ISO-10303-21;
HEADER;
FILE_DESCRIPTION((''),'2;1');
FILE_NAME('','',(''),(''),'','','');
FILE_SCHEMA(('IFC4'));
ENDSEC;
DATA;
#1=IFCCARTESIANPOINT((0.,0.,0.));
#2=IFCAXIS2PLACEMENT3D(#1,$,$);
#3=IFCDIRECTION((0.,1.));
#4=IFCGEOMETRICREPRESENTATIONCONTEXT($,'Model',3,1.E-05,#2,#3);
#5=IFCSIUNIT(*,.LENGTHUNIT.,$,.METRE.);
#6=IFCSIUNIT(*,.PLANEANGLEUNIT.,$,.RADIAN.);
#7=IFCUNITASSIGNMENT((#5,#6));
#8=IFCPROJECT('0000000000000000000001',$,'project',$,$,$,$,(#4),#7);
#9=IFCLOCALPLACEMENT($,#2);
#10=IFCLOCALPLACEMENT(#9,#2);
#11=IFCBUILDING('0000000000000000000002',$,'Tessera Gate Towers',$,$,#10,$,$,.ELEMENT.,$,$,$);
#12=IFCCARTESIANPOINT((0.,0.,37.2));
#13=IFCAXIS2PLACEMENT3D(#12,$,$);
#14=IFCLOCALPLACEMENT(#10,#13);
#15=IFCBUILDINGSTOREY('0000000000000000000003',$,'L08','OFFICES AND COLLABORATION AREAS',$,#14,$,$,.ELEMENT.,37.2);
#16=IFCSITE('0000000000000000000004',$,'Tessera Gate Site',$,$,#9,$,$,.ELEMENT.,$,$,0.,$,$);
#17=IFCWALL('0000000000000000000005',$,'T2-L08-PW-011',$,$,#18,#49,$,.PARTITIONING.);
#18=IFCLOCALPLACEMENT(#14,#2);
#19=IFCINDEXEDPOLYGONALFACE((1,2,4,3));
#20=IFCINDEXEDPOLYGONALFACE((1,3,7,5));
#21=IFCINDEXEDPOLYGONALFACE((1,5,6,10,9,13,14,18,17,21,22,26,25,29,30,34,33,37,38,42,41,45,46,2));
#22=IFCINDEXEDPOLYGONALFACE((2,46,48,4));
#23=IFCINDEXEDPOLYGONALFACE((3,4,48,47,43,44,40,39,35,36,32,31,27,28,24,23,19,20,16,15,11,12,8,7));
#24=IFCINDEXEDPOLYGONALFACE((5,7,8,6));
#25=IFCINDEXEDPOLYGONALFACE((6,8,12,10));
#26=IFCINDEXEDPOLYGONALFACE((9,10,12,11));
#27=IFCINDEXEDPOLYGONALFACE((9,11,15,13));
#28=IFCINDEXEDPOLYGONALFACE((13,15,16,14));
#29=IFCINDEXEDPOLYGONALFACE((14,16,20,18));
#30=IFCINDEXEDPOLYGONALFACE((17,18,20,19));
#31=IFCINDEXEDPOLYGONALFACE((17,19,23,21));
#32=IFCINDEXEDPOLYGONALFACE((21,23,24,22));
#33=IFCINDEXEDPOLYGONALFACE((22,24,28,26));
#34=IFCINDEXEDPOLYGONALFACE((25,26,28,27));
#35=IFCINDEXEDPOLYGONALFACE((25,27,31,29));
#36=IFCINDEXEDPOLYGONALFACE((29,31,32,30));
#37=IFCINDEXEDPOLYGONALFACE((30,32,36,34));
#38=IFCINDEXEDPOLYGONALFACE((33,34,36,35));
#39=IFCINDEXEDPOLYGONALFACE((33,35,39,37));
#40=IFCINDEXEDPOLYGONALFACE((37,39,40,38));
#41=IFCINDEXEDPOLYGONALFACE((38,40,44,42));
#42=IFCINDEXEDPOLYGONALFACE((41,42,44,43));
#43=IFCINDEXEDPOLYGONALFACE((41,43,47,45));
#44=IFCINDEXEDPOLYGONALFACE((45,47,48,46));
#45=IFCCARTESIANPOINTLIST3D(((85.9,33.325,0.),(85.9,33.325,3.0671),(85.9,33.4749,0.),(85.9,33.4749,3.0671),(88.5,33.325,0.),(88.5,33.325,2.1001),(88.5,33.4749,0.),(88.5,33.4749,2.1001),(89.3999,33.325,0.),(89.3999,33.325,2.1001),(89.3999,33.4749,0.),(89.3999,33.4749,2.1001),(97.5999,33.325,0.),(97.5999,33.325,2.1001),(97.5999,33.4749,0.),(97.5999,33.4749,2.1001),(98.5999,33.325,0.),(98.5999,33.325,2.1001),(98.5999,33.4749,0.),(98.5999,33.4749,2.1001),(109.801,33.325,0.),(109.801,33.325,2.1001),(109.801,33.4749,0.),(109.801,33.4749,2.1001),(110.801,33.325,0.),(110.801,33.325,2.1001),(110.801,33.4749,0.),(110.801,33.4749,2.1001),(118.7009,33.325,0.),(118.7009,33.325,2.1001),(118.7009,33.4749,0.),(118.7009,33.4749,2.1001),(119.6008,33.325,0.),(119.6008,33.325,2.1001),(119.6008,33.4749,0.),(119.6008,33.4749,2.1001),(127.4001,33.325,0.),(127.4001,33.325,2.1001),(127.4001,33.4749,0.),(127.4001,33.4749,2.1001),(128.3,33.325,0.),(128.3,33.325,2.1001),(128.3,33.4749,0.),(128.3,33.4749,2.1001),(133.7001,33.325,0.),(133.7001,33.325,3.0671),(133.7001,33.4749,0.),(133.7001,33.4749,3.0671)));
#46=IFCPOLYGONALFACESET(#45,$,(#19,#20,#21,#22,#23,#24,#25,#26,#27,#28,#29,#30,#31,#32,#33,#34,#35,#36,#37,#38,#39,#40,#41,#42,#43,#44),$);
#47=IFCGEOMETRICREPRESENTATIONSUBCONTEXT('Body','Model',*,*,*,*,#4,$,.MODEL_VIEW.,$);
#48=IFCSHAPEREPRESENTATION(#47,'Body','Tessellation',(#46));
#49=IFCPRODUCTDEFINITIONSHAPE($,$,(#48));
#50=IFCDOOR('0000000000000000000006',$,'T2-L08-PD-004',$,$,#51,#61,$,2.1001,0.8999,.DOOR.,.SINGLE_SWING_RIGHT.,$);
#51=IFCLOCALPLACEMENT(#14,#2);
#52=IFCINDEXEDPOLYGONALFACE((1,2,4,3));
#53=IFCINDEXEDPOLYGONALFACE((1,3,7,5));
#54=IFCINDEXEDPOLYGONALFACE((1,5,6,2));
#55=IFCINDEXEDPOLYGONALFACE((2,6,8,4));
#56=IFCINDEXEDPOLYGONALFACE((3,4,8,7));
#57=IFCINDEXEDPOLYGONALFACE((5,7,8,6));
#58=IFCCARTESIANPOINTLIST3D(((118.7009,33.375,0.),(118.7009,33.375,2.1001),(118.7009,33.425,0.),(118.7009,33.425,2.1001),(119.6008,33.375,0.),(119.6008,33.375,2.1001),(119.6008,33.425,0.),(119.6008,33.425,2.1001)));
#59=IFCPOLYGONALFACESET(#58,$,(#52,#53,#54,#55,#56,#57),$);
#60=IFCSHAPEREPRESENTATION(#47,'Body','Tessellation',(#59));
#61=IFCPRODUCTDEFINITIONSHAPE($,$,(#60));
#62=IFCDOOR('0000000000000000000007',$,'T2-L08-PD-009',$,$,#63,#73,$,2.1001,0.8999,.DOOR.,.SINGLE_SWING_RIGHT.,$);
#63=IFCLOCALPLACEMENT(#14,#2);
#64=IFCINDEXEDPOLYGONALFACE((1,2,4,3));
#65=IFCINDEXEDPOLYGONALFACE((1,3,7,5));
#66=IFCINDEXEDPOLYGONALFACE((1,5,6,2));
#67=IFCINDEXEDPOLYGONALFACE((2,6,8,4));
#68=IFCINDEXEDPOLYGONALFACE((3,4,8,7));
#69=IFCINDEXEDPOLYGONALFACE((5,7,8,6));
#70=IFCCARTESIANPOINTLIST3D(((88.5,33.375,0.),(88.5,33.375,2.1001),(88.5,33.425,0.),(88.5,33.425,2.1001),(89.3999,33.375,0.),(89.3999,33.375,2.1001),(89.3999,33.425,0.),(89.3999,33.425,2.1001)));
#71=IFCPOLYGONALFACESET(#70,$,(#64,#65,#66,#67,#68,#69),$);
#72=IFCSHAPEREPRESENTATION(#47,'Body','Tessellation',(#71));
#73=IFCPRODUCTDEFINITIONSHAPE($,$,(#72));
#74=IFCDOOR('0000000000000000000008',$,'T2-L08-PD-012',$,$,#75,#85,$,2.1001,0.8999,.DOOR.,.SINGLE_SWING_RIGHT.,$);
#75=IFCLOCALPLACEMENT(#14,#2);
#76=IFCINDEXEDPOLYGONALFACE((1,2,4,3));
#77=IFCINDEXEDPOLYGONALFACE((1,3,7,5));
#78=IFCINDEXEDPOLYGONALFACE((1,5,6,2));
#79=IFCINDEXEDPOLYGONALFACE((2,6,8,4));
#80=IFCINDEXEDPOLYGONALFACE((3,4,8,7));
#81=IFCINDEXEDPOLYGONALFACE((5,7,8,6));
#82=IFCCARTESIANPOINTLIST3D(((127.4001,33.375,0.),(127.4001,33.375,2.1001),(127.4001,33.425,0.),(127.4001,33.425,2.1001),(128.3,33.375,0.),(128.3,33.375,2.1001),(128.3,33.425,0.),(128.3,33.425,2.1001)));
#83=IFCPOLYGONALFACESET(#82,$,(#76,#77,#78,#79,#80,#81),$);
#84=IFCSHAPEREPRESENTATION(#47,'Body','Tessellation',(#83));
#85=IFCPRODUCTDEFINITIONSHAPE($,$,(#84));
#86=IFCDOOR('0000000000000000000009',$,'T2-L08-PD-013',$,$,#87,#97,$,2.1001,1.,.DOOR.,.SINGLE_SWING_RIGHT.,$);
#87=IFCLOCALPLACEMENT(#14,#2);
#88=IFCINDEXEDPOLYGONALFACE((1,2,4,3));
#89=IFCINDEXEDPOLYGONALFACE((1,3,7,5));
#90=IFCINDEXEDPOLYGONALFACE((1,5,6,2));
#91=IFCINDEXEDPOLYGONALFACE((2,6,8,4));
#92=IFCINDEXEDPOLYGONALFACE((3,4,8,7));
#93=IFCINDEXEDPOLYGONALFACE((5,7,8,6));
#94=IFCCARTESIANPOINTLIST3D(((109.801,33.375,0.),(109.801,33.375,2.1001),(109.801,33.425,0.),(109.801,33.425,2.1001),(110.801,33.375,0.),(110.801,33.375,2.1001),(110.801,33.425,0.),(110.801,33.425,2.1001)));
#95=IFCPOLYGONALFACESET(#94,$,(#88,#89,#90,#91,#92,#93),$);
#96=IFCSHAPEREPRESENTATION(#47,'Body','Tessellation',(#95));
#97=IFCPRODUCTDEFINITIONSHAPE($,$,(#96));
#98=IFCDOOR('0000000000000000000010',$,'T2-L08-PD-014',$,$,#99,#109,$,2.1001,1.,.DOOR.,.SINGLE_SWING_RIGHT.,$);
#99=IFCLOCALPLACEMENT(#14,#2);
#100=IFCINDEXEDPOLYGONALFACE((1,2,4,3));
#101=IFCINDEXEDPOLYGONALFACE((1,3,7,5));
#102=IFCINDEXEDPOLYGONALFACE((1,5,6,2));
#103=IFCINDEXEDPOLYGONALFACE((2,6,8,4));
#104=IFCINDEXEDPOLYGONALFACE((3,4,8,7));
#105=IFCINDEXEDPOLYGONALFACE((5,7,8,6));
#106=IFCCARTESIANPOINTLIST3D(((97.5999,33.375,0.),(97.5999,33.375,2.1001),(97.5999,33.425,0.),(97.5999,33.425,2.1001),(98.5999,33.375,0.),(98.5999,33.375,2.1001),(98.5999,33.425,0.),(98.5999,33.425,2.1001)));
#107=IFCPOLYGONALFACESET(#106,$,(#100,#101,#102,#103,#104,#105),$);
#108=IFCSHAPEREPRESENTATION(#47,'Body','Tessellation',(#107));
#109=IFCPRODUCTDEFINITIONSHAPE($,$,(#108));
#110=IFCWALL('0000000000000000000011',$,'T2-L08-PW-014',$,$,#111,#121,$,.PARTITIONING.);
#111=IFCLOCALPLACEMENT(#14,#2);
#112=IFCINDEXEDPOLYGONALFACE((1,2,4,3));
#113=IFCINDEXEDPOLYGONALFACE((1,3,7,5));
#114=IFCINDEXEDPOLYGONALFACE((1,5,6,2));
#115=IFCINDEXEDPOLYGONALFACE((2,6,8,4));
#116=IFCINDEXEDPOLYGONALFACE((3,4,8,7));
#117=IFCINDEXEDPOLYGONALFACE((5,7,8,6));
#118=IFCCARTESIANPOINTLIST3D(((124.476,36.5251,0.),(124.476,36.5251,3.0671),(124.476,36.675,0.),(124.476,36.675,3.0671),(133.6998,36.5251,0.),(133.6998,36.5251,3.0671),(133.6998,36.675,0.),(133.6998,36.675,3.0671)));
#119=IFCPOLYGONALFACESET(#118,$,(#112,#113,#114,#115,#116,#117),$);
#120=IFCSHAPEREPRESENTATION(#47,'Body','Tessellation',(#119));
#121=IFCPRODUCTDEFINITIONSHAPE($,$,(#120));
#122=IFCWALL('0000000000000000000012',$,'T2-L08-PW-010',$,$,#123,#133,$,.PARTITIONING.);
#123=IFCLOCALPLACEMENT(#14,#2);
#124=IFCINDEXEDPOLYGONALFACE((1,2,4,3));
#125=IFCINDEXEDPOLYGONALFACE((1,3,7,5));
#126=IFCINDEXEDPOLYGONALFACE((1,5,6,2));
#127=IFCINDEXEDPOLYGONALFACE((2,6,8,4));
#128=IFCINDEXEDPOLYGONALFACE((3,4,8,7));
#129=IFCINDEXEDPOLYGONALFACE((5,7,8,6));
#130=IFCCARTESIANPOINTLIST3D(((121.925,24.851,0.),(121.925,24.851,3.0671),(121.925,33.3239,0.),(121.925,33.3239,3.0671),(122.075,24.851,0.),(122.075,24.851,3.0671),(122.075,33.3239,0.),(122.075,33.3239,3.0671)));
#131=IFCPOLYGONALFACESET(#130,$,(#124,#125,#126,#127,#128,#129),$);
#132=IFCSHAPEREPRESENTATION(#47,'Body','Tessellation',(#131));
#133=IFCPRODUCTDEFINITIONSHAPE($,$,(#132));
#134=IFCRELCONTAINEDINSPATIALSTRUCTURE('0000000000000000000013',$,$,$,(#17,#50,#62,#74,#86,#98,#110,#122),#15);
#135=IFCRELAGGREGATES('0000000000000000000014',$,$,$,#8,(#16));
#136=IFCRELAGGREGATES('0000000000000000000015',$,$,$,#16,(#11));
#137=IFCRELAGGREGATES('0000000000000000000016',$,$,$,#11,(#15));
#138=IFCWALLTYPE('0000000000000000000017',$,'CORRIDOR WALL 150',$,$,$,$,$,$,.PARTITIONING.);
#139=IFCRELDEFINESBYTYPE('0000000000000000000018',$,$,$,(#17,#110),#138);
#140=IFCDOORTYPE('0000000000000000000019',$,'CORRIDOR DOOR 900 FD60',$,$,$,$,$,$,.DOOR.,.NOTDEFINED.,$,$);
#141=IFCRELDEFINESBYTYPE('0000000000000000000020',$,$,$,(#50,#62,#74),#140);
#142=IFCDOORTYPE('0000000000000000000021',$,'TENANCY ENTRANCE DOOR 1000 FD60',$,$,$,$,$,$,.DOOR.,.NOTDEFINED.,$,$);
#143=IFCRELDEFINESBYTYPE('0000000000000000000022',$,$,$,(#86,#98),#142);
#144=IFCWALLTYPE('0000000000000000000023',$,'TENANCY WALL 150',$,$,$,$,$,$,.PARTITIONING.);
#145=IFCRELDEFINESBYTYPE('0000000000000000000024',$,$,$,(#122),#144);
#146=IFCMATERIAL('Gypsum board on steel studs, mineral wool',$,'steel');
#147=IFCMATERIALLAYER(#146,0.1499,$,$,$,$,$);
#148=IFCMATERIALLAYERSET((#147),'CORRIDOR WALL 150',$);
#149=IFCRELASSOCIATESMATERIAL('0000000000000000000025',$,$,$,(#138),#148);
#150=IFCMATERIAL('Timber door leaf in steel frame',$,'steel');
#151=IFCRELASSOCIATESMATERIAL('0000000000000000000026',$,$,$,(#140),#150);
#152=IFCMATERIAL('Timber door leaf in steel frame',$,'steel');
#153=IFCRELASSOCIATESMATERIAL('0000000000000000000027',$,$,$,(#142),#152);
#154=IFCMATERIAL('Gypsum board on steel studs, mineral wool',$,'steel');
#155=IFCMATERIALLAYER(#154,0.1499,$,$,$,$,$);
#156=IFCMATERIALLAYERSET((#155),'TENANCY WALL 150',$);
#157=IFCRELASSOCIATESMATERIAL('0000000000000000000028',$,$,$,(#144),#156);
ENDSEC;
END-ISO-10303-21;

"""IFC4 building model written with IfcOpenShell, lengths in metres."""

from ifc_helpers import new_model, si_unit, direction, frame, frame_2d, origin, place, context, subcontext, project, spatial, rectangle, extrude, source, transform, mapped, material, layer, layer_set, type_object, element, fill, save


model = new_model("IFC4")

# Units and contexts
model_context = context("Model", 3, precision=1e-05, world=origin(), true_north=direction((0.0, 1.0)))
body_context = subcontext(model_context, "Body", "Model", "MODEL_VIEW")
ifc_project = project(units=[si_unit("LENGTHUNIT", "METRE"), si_unit("PLANEANGLEUNIT", "RADIAN")], contexts=[model_context])

# Site, building, storey
site_placement = place(None, origin())
site = spatial("IfcSite", under=ifc_project, at=site_placement, Name="Tessera Gate Site", CompositionType="ELEMENT", RefElevation=0.0)
building_placement = place(site_placement, origin())
building = spatial("IfcBuilding", under=site, at=building_placement, Name="Tessera Gate Towers", CompositionType="ELEMENT")
storey_placement = place(building_placement, frame((0.0, 0.0, 37.2)))
storey = spatial("IfcBuildingStorey", under=building, at=storey_placement, Name="L08", Description="OFFICES AND COLLABORATION AREAS", CompositionType="ELEMENT", Elevation=37.2)

# Wall, openings, doors
ifc_material_1 = material(Name="Gypsum board on steel studs, mineral wool", Category="steel")
ifc_layer_1 = layer(ifc_material_1, 0.1499)
ifc_layer_set_1 = layer_set([ifc_layer_1], Name="CORRIDOR WALL 150")
wall_type_1 = type_object("IfcWallType", Name="CORRIDOR WALL 150", PredefinedType="PARTITIONING", material=ifc_layer_set_1)
wall_1_placement = place(storey_placement, frame((133.7, 33.3999, 0.0), z_axis=(0.0, 0.0, 1.0), x_axis=(-1.0, 0.0, 0.0)))
wall_1 = element("IfcWall", 1, at=wall_1_placement, inside=storey, type_object=wall_type_1, Name="T2-L08-PW-011", PredefinedType="PARTITIONING", context=body_context, shape_type="SweptSolid", body=[
    extrude(rectangle(XDim=47.8, YDim=0.1499, at=frame_2d((23.8999, 0.0))), origin(), (0.0, 0.0, 1.0), 3.0671),
])
shared_shape_1 = source(origin(), body_context, "Body", "SweptSolid", [
    extrude(rectangle(XDim=0.8999, YDim=2.1001, at=frame_2d((0.45, 1.05))), frame((0.0, 0.085, 0.0), z_axis=(0.0, -1.0, 0.0), x_axis=(1.0, 0.0, 0.0)), (0.0, 0.0, 1.0), 0.1699),
])
opening_1_placement = place(wall_1_placement, frame((14.0991, 0.0, 0.0)))
opening_1 = element("IfcOpeningElement", 2, at=opening_1_placement, cuts=wall_1, PredefinedType="OPENING", context=body_context, shape_type="MappedRepresentation", body=[
    mapped(shared_shape_1, transform((0.0, 0.0, 0.0), scale=1.0)),
])
opening_2_placement = place(wall_1_placement, frame((44.3, 0.0, 0.0)))
opening_2 = element("IfcOpeningElement", 3, at=opening_2_placement, cuts=wall_1, PredefinedType="OPENING", context=body_context, shape_type="MappedRepresentation", body=[
    mapped(shared_shape_1, transform((0.0, 0.0, 0.0), scale=1.0)),
])
opening_3_placement = place(wall_1_placement, frame((5.3999, 0.0, 0.0)))
opening_3 = element("IfcOpeningElement", 4, at=opening_3_placement, cuts=wall_1, PredefinedType="OPENING", context=body_context, shape_type="MappedRepresentation", body=[
    mapped(shared_shape_1, transform((0.0, 0.0, 0.0), scale=1.0)),
])
shared_shape_2 = source(origin(), body_context, "Body", "SweptSolid", [
    extrude(rectangle(XDim=1.0, YDim=2.1001, at=frame_2d((0.5, 1.05))), frame((0.0, 0.085, 0.0), z_axis=(0.0, -1.0, 0.0), x_axis=(1.0, 0.0, 0.0)), (0.0, 0.0, 1.0), 0.1699),
])
opening_4_placement = place(wall_1_placement, frame((22.8989, 0.0, 0.0)))
opening_4 = element("IfcOpeningElement", 5, at=opening_4_placement, cuts=wall_1, PredefinedType="OPENING", context=body_context, shape_type="MappedRepresentation", body=[
    mapped(shared_shape_2, transform((0.0, 0.0, 0.0), scale=1.0)),
])
opening_5_placement = place(wall_1_placement, frame((35.1001, 0.0, 0.0)))
opening_5 = element("IfcOpeningElement", 6, at=opening_5_placement, cuts=wall_1, PredefinedType="OPENING", context=body_context, shape_type="MappedRepresentation", body=[
    mapped(shared_shape_2, transform((0.0, 0.0, 0.0), scale=1.0)),
])
ifc_material_2 = material(Name="Timber door leaf in steel frame", Category="steel")
door_type_1 = type_object("IfcDoorType", Name="CORRIDOR DOOR 900 FD60", OperationType="NOTDEFINED", PredefinedType="DOOR", material=ifc_material_2)
shared_shape_3 = source(origin(), body_context, "Body", "SweptSolid", [
    extrude(rectangle(XDim=0.8999, YDim=2.1001, at=frame_2d((0.45, 1.05))), frame((0.0, 0.0249, 0.0), z_axis=(0.0, -1.0, 0.0), x_axis=(1.0, 0.0, 0.0)), (0.0, 0.0, 1.0), 0.05),
])
door_1_placement = place(opening_1_placement, origin())
door_1 = element("IfcDoor", 7, at=door_1_placement, inside=storey, type_object=door_type_1, Name="T2-L08-PD-004", OperationType="SINGLE_SWING_RIGHT", OverallHeight=2.1001, OverallWidth=0.8999, PredefinedType="DOOR", context=body_context, shape_type="MappedRepresentation", body=[
    mapped(shared_shape_3, transform((0.0, 0.0, 0.0), scale=1.0)),
])
fill(opening_1, door_1)
door_2_placement = place(opening_2_placement, origin())
door_2 = element("IfcDoor", 8, at=door_2_placement, inside=storey, type_object=door_type_1, Name="T2-L08-PD-009", OperationType="SINGLE_SWING_RIGHT", OverallHeight=2.1001, OverallWidth=0.8999, PredefinedType="DOOR", context=body_context, shape_type="MappedRepresentation", body=[
    mapped(shared_shape_3, transform((0.0, 0.0, 0.0), scale=1.0)),
])
fill(opening_2, door_2)
door_3_placement = place(opening_3_placement, origin())
door_3 = element("IfcDoor", 9, at=door_3_placement, inside=storey, type_object=door_type_1, Name="T2-L08-PD-012", OperationType="SINGLE_SWING_RIGHT", OverallHeight=2.1001, OverallWidth=0.8999, PredefinedType="DOOR", context=body_context, shape_type="MappedRepresentation", body=[
    mapped(shared_shape_3, transform((0.0, 0.0, 0.0), scale=1.0)),
])
fill(opening_3, door_3)
ifc_material_3 = material(Name="Timber door leaf in steel frame", Category="steel")
door_type_2 = type_object("IfcDoorType", Name="TENANCY ENTRANCE DOOR 1000 FD60", OperationType="NOTDEFINED", PredefinedType="DOOR", material=ifc_material_3)
shared_shape_4 = source(origin(), body_context, "Body", "SweptSolid", [
    extrude(rectangle(XDim=1.0, YDim=2.1001, at=frame_2d((0.5, 1.05))), frame((0.0, 0.0249, 0.0), z_axis=(0.0, -1.0, 0.0), x_axis=(1.0, 0.0, 0.0)), (0.0, 0.0, 1.0), 0.05),
])
door_4_placement = place(opening_4_placement, origin())
door_4 = element("IfcDoor", 10, at=door_4_placement, inside=storey, type_object=door_type_2, Name="T2-L08-PD-013", OperationType="SINGLE_SWING_RIGHT", OverallHeight=2.1001, OverallWidth=1.0, PredefinedType="DOOR", context=body_context, shape_type="MappedRepresentation", body=[
    mapped(shared_shape_4, transform((0.0, 0.0, 0.0), scale=1.0)),
])
fill(opening_4, door_4)
door_5_placement = place(opening_5_placement, origin())
door_5 = element("IfcDoor", 11, at=door_5_placement, inside=storey, type_object=door_type_2, Name="T2-L08-PD-014", OperationType="SINGLE_SWING_RIGHT", OverallHeight=2.1001, OverallWidth=1.0, PredefinedType="DOOR", context=body_context, shape_type="MappedRepresentation", body=[
    mapped(shared_shape_4, transform((0.0, 0.0, 0.0), scale=1.0)),
])
fill(opening_5, door_5)

# Walls
wall_2_placement = place(storey_placement, frame((124.4761, 36.6001, 0.0), z_axis=(0.0, 0.0, 1.0), x_axis=(1.0, 0.0, 0.0)))
element("IfcWall", 12, at=wall_2_placement, inside=storey, type_object=wall_type_1, Name="T2-L08-PW-014", PredefinedType="PARTITIONING", context=body_context, shape_type="SweptSolid", body=[
    extrude(rectangle(XDim=9.2239, YDim=0.1499, at=frame_2d((4.6118, 0.0))), origin(), (0.0, 0.0, 1.0), 3.0671),
])
ifc_material_4 = material(Name="Gypsum board on steel studs, mineral wool", Category="steel")
ifc_layer_2 = layer(ifc_material_4, 0.1499)
ifc_layer_set_2 = layer_set([ifc_layer_2], Name="TENANCY WALL 150")
wall_type_2 = type_object("IfcWallType", Name="TENANCY WALL 150", PredefinedType="PARTITIONING", material=ifc_layer_set_2)
wall_3_placement = place(storey_placement, frame((122.0, 24.8511, 0.0), z_axis=(0.0, 0.0, 1.0), x_axis=(0.0, 1.0, 0.0)))
element("IfcWall", 13, at=wall_3_placement, inside=storey, type_object=wall_type_2, Name="T2-L08-PW-010", PredefinedType="PARTITIONING", context=body_context, shape_type="SweptSolid", body=[
    extrude(rectangle(XDim=8.4729, YDim=0.1499, at=frame_2d((4.2363, 0.0))), origin(), (0.0, 0.0, 1.0), 3.0671),
])

save(model, "model.ifc")
